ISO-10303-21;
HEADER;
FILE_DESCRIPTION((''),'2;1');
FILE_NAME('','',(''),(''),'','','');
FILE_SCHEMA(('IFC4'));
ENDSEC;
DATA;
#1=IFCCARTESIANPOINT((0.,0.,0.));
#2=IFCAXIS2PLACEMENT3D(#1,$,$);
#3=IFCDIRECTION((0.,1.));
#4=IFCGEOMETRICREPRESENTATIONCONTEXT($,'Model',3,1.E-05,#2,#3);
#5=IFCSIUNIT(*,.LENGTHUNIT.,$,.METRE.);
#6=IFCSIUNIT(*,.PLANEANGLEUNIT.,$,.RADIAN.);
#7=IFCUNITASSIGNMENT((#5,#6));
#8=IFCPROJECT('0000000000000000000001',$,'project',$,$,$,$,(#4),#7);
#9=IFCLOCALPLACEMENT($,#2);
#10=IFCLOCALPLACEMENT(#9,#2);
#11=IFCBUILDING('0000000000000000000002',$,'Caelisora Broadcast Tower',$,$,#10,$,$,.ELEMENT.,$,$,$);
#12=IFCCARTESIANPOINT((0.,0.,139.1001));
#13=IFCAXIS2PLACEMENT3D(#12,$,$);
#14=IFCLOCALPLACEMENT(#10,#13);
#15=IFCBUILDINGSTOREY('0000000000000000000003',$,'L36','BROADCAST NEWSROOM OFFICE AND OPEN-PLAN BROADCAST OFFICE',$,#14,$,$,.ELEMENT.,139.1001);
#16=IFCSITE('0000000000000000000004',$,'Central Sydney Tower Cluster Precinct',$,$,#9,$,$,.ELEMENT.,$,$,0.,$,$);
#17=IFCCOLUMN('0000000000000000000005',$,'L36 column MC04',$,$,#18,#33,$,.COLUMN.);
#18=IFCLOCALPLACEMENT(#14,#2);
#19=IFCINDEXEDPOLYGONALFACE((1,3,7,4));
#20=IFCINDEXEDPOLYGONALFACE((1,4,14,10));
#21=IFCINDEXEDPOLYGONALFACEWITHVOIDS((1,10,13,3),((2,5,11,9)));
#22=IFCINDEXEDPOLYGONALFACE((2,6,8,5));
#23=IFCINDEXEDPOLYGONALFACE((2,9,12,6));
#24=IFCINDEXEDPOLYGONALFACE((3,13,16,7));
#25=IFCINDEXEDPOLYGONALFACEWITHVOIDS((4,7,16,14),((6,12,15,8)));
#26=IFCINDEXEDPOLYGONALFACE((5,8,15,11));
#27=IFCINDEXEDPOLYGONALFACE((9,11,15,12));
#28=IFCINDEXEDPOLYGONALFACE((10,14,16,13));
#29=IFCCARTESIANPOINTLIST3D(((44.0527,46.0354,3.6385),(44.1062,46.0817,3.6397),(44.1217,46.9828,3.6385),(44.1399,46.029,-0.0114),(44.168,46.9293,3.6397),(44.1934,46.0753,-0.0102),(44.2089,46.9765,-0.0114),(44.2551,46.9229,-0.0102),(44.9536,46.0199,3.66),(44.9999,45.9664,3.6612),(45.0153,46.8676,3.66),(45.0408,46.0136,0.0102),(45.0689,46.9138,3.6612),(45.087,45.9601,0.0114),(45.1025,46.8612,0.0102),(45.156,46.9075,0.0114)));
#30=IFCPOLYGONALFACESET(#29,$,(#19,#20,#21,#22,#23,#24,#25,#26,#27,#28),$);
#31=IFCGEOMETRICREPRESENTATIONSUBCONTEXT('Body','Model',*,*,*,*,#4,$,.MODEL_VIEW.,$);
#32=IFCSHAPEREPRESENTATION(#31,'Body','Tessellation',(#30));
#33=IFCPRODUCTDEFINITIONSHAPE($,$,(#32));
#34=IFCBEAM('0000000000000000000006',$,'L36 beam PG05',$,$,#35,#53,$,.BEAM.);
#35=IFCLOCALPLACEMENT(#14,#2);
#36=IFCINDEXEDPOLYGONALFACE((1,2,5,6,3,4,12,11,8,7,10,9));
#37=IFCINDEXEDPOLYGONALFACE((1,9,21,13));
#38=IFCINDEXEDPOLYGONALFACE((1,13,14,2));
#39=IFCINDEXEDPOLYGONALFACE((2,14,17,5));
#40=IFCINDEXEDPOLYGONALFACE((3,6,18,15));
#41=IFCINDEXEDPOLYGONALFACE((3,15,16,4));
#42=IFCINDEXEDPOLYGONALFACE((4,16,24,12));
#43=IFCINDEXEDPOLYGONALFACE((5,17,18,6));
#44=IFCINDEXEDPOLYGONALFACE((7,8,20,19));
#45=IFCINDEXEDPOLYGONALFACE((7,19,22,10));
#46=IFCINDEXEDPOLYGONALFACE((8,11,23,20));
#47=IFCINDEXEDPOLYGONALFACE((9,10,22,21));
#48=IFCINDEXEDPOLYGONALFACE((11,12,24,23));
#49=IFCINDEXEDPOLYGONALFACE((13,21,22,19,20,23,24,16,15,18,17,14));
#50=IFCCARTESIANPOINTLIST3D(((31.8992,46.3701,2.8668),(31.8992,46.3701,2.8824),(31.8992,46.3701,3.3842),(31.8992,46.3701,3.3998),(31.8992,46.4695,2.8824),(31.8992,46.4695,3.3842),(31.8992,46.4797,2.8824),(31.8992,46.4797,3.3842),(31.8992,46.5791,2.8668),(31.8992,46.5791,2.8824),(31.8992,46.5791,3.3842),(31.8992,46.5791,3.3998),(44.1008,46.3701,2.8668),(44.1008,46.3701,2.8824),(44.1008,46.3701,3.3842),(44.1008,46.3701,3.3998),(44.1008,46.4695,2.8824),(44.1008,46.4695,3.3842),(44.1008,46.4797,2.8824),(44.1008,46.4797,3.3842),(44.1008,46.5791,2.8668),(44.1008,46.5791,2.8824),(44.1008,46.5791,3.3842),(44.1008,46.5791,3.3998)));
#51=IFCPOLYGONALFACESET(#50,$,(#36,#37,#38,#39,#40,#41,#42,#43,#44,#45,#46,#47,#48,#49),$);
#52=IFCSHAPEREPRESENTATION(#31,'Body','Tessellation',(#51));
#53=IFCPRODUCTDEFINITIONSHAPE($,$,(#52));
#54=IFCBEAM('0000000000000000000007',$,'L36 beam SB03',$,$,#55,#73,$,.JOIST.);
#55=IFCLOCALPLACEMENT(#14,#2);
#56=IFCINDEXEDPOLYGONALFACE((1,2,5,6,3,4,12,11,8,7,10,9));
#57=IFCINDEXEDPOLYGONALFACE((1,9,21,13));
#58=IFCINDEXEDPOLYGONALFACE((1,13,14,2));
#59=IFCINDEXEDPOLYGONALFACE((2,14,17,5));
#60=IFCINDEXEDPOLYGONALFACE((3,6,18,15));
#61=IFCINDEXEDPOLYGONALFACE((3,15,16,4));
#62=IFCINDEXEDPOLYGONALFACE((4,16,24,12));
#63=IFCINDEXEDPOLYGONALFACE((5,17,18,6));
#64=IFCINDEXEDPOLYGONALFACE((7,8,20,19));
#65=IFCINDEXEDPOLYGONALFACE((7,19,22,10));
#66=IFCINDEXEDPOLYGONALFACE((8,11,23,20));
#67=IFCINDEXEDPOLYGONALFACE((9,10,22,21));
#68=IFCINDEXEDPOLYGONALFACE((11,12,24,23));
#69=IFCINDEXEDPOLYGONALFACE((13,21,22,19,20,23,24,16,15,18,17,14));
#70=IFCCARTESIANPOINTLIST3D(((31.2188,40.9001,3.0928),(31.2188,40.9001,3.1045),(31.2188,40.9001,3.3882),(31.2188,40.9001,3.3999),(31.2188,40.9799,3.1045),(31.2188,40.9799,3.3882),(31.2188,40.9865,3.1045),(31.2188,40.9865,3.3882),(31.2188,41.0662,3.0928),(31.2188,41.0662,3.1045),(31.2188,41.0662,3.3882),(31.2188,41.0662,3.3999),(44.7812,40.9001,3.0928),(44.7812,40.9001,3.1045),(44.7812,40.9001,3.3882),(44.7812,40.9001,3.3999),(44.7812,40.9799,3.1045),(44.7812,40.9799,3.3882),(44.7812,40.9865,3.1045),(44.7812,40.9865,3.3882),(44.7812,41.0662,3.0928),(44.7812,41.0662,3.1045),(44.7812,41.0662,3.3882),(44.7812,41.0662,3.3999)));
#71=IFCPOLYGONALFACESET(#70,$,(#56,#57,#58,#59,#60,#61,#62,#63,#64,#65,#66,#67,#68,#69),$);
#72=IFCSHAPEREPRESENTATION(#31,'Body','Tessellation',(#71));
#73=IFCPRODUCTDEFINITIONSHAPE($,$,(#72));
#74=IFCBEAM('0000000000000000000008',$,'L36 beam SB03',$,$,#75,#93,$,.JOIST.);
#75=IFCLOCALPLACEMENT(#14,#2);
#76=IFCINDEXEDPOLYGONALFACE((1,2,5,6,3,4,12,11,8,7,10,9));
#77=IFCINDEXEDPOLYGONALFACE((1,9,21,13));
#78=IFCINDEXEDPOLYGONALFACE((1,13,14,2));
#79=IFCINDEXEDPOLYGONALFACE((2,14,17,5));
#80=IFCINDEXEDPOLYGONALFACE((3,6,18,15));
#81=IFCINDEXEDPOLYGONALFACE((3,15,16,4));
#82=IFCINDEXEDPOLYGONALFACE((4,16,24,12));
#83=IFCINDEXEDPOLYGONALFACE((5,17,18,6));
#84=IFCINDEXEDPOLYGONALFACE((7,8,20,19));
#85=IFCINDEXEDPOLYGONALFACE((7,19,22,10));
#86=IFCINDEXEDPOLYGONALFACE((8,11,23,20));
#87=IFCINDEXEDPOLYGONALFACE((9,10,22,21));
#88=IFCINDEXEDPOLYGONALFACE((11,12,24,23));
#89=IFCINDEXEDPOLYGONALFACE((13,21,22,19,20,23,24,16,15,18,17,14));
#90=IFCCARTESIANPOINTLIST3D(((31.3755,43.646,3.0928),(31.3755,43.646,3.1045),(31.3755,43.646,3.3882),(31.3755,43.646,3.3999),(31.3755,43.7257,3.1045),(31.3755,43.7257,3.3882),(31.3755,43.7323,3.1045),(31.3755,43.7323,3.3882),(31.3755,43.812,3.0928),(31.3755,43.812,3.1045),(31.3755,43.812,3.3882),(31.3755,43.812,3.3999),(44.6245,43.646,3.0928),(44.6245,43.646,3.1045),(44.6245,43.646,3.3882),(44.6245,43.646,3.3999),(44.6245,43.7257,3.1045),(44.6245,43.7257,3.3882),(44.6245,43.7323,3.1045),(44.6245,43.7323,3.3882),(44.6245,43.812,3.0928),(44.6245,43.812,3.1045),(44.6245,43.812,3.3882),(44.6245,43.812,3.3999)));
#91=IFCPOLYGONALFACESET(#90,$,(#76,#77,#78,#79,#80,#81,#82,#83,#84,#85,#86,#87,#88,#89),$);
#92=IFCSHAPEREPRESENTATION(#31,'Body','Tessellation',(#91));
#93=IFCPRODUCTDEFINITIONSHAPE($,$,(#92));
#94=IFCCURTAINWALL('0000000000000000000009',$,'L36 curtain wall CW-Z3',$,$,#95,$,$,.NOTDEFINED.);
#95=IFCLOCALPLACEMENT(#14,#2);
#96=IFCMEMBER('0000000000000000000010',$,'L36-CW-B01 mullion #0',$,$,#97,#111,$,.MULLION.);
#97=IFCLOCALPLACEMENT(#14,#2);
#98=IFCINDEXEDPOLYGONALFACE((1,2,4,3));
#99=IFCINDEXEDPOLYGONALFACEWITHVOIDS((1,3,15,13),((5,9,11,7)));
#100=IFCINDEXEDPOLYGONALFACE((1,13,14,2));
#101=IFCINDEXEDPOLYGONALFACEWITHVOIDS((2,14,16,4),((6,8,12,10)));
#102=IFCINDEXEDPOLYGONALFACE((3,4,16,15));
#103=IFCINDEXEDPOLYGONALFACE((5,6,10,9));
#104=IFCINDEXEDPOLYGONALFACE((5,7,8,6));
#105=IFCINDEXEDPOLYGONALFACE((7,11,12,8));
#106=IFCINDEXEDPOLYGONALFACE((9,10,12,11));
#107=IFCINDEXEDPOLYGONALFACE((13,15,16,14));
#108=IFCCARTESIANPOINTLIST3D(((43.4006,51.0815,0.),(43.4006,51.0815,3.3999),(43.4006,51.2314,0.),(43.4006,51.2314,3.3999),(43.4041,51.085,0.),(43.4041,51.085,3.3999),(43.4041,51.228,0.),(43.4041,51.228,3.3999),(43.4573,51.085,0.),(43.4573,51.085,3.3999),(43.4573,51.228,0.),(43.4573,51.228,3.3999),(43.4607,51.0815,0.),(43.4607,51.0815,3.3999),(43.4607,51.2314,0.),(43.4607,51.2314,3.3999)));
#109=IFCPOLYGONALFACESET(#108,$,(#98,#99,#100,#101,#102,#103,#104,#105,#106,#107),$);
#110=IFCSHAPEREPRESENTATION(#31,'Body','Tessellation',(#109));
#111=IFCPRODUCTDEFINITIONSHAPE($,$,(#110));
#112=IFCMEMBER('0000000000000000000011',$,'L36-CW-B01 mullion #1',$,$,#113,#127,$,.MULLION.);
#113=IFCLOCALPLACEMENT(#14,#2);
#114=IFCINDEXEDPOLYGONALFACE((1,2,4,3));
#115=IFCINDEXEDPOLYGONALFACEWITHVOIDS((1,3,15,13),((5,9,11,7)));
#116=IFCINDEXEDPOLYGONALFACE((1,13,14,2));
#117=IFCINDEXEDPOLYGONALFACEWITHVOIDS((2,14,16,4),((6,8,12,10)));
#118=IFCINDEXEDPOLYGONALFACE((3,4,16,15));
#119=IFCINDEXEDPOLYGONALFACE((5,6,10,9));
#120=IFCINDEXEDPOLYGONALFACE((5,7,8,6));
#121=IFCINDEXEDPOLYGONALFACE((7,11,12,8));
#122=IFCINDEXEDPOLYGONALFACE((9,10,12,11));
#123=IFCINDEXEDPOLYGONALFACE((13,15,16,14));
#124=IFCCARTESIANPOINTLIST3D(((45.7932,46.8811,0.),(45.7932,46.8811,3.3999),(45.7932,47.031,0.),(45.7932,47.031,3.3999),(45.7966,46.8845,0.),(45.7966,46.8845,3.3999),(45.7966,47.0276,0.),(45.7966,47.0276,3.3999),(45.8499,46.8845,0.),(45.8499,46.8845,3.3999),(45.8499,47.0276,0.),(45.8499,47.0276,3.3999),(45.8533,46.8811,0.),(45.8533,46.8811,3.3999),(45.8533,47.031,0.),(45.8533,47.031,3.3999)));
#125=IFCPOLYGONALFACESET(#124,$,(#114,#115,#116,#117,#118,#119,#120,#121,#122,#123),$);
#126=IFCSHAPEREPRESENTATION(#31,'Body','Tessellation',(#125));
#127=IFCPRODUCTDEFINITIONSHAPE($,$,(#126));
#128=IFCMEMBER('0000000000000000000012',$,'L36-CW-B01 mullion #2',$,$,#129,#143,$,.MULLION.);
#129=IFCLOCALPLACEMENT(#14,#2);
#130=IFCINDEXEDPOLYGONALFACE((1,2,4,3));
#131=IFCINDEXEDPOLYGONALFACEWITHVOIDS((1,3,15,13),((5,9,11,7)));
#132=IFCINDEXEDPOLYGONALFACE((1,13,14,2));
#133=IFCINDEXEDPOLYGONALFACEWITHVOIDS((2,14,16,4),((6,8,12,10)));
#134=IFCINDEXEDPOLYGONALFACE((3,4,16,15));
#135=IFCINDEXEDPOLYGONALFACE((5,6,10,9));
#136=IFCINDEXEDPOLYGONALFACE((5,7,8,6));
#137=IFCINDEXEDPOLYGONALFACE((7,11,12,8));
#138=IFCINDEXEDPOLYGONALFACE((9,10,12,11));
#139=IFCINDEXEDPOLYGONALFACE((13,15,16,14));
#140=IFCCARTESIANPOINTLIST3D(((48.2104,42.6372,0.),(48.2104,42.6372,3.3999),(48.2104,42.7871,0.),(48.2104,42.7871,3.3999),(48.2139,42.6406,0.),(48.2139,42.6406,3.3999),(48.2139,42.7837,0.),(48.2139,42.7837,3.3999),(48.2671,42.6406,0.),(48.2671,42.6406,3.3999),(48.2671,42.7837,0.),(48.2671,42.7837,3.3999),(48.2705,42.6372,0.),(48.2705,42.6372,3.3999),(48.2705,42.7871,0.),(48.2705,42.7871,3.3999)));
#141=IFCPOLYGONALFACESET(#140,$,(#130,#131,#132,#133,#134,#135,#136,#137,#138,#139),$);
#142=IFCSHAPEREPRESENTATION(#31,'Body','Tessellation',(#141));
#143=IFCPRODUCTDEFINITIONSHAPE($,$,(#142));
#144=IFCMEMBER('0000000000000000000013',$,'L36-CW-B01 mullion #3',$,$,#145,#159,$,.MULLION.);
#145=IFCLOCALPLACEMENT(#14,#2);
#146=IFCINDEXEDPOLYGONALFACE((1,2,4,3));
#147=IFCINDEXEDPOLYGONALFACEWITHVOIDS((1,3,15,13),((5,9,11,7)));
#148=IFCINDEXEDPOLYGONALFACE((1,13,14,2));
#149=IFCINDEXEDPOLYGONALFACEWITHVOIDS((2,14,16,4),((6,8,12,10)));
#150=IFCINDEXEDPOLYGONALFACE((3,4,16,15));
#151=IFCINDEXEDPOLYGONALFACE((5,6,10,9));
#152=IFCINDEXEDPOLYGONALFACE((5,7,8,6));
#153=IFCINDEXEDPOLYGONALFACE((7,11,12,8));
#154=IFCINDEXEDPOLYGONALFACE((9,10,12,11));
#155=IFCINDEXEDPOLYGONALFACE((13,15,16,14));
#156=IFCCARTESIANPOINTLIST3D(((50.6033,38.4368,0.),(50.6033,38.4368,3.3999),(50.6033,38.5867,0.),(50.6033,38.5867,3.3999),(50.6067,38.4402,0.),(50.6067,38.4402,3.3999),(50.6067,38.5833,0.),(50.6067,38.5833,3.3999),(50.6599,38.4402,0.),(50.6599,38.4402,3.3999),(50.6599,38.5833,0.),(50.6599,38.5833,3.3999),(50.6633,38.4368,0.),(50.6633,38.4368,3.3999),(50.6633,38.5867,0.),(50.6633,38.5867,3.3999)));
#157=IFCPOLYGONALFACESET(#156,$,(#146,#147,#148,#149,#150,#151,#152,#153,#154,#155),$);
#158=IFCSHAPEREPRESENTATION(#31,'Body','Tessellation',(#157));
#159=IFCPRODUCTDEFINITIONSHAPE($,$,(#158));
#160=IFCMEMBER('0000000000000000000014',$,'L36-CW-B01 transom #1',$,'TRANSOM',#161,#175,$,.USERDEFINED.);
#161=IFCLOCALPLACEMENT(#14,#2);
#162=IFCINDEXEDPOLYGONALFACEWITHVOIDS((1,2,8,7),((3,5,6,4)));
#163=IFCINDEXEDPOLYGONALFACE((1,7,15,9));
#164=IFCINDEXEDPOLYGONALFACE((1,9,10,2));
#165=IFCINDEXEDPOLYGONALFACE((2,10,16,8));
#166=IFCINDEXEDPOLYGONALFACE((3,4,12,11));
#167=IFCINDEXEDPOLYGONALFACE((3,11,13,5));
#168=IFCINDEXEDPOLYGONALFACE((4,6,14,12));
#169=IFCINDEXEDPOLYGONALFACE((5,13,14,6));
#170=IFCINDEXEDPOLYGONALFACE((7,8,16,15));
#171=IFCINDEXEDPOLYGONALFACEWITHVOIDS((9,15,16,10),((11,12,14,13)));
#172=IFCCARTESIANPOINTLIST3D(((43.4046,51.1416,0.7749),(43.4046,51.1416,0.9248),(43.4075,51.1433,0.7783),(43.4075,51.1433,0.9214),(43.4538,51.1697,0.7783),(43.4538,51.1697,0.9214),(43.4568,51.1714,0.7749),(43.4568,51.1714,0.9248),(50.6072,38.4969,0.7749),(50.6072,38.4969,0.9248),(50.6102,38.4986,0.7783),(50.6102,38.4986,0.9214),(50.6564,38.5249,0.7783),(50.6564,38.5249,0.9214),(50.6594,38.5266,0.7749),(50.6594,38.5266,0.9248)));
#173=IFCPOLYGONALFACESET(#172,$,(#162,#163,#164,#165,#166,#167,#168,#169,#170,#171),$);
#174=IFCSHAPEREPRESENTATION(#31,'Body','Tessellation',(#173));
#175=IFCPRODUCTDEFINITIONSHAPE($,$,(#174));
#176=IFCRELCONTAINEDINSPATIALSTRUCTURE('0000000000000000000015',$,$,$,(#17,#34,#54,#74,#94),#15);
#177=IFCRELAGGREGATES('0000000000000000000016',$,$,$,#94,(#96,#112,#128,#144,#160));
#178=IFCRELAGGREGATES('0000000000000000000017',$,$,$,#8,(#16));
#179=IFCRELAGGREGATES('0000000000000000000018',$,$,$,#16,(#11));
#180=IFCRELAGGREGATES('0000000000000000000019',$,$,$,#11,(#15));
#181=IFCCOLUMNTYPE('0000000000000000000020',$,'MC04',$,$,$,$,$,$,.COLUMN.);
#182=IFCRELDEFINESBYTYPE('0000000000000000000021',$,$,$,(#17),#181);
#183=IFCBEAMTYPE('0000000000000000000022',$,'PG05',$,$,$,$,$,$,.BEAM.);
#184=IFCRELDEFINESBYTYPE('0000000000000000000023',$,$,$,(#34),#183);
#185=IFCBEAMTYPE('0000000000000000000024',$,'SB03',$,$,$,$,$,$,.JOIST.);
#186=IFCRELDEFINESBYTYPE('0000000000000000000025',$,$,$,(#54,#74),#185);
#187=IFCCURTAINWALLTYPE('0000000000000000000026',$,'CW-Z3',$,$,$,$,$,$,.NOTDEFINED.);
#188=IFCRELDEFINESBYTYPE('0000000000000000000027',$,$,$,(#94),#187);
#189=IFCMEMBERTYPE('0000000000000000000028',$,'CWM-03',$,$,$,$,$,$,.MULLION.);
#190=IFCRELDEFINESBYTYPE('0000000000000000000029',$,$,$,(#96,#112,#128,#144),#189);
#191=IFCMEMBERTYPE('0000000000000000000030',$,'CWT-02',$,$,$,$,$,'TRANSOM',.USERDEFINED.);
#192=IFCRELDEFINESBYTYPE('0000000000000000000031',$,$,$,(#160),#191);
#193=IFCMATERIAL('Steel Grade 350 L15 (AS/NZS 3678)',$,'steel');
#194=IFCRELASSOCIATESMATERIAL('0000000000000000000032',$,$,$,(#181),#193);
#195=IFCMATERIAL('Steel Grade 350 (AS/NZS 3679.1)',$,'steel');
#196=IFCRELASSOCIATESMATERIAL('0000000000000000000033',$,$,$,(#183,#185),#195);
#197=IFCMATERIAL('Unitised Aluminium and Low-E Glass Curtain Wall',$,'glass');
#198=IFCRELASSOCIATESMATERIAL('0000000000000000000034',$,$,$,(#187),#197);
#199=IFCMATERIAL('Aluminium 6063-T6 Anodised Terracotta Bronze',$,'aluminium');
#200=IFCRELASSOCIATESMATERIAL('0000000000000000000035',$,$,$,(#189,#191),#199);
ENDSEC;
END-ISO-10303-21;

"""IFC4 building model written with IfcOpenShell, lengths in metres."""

from ifc_helpers import new_model, si_unit, direction, frame, origin, origin_2d, place, context, subcontext, project, spatial, hollow_rectangle, i_section, extrude, source, transform, mapped, material, material_profile, profile_set, type_object, type_shapes, element, aggregate, save


model = new_model("IFC4")

# Units and contexts
model_context = context("Model", 3, precision=1e-05, world=origin(), true_north=direction((0.0, 1.0)))
body_context = subcontext(model_context, "Body", "Model", "MODEL_VIEW")
ifc_project = project(units=[si_unit("LENGTHUNIT", "METRE"), si_unit("PLANEANGLEUNIT", "RADIAN")], contexts=[model_context])

# Site, building, storey
site_placement = place(None, origin())
site = spatial("IfcSite", under=ifc_project, at=site_placement, Name="Central Sydney Tower Cluster Precinct", CompositionType="ELEMENT", RefElevation=0.0)
building_placement = place(site_placement, origin())
building = spatial("IfcBuilding", under=site, at=building_placement, Name="Caelisora Broadcast Tower", CompositionType="ELEMENT")
storey_placement = place(building_placement, frame((0.0, 0.0, 139.1001)))
storey = spatial("IfcBuildingStorey", under=building, at=storey_placement, Name="L36", Description="BROADCAST NEWSROOM OFFICE AND OPEN-PLAN BROADCAST OFFICE", CompositionType="ELEMENT", Elevation=139.1001)

# Column
ifc_material_1 = material(Name="Steel Grade 350 L15 (AS/NZS 3678)", Category="steel")
ifc_material_profile_1 = material_profile(ifc_material_1, hollow_rectangle(XDim=0.95, YDim=0.95, WallThickness=0.05, at=origin_2d()), Name="Steel Grade 350 L15 (AS/NZS 3678)")
ifc_profile_set_1 = profile_set([ifc_material_profile_1], Name="Steel Grade 350 L15 (AS/NZS 3678)")
column_type = type_object("IfcColumnType", Name="MC04", PredefinedType="COLUMN", material=ifc_profile_set_1)
shared_shape_1 = source(origin(), body_context, "Body", "SweptSolid", [
    extrude(hollow_rectangle(XDim=0.95, YDim=0.95, WallThickness=0.05, at=origin_2d()), origin(), (0.0, 0.0, 1.0), 3.6509),
])
type_shapes(column_type, [shared_shape_1])
column_placement = place(storey_placement, frame((44.6479, 46.4683, 0.0), z_axis=(-0.023873, 0.001739, 0.999713), x_axis=(-0.072637, -0.997358, 0.0)))
element("IfcColumn", 1, at=column_placement, inside=storey, type_object=column_type, Name="L36 column MC04", PredefinedType="COLUMN", context=body_context, shape_type="MappedRepresentation", body=[
    mapped(shared_shape_1, transform((0.0, 0.0, 0.0), scale=1.0)),
])

# Beams
ifc_material_2 = material(Name="Steel Grade 350 (AS/NZS 3679.1)", Category="steel")
ifc_material_profile_2 = material_profile(ifc_material_2, i_section(OverallWidth=0.209, OverallDepth=0.533, WebThickness=0.0103, FlangeThickness=0.0156, at=origin_2d()), Name="Steel Grade 350 (AS/NZS 3679.1)")
ifc_profile_set_2 = profile_set([ifc_material_profile_2], Name="Steel Grade 350 (AS/NZS 3679.1)")
beam_type_1 = type_object("IfcBeamType", Name="PG05", PredefinedType="BEAM", material=ifc_profile_set_2)
shared_shape_2 = source(origin(), body_context, "Body", "SweptSolid", [
    extrude(i_section(OverallWidth=0.209, OverallDepth=0.533, WebThickness=0.0103, FlangeThickness=0.0156, at=origin_2d()), origin(), (0.0, 0.0, 1.0), 12.2017),
])
type_shapes(beam_type_1, [shared_shape_2])
beam_1_placement = place(storey_placement, frame((44.1008, 46.4746, 3.1333), z_axis=(-1.0, 0.0, 0.0), x_axis=(0.0, -1.0, 0.0)))
element("IfcBeam", 2, at=beam_1_placement, inside=storey, type_object=beam_type_1, Name="L36 beam PG05", PredefinedType="BEAM", context=body_context, shape_type="MappedRepresentation", body=[
    mapped(shared_shape_2, transform((0.0, 0.0, 0.0), scale=1.0)),
])
ifc_material_profile_3 = material_profile(ifc_material_2, i_section(OverallWidth=0.166, OverallDepth=0.3071, WebThickness=0.0066, FlangeThickness=0.0117, at=origin_2d()), Name="Steel Grade 350 (AS/NZS 3679.1)")
ifc_profile_set_3 = profile_set([ifc_material_profile_3], Name="Steel Grade 350 (AS/NZS 3679.1)")
beam_type_2 = type_object("IfcBeamType", Name="SB03", PredefinedType="JOIST", material=ifc_profile_set_3)
shared_shape_3 = source(origin(), body_context, "Body", "SweptSolid", [
    extrude(i_section(OverallWidth=0.166, OverallDepth=0.3071, WebThickness=0.0066, FlangeThickness=0.0117, at=origin_2d()), origin(), (0.0, 0.0, 1.0), 13.5625),
])
beam_2_placement = place(storey_placement, frame((44.7812, 40.9832, 3.2463), z_axis=(-1.0, 0.0, 0.0), x_axis=(0.0, -1.0, 0.0)))
element("IfcBeam", 3, at=beam_2_placement, inside=storey, type_object=beam_type_2, Name="L36 beam SB03", PredefinedType="JOIST", context=body_context, shape_type="MappedRepresentation", body=[
    mapped(shared_shape_3, transform((0.0, 0.0, 0.0), scale=1.0)),
])
shared_shape_4 = source(origin(), body_context, "Body", "SweptSolid", [
    extrude(i_section(OverallWidth=0.166, OverallDepth=0.3071, WebThickness=0.0066, FlangeThickness=0.0117, at=origin_2d()), origin(), (0.0, 0.0, 1.0), 13.249),
])
type_shapes(beam_type_2, [shared_shape_3, shared_shape_4])
beam_3_placement = place(storey_placement, frame((44.6245, 43.729, 3.2463), z_axis=(-1.0, 0.0, 0.0), x_axis=(0.0, -1.0, 0.0)))
element("IfcBeam", 4, at=beam_3_placement, inside=storey, type_object=beam_type_2, Name="L36 beam SB03", PredefinedType="JOIST", context=body_context, shape_type="MappedRepresentation", body=[
    mapped(shared_shape_4, transform((0.0, 0.0, 0.0), scale=1.0)),
])

# Curtain wall, members
ifc_material_3 = material(Name="Unitised Aluminium and Low-E Glass Curtain Wall", Category="glass")
curtain_wall_type_1 = type_object("IfcCurtainWallType", Name="CW-Z3", PredefinedType="NOTDEFINED", material=ifc_material_3)
curtain_wall_1_placement = place(storey_placement, origin())
curtain_wall_1 = element("IfcCurtainWall", 5, at=curtain_wall_1_placement, inside=storey, type_object=curtain_wall_type_1, Name="L36 curtain wall CW-Z3", PredefinedType="NOTDEFINED")
ifc_material_4 = material(Name="Aluminium 6063-T6 Anodised Terracotta Bronze", Category="aluminium")
ifc_material_profile_4 = material_profile(ifc_material_4, hollow_rectangle(XDim=0.0601, YDim=0.1499, WallThickness=0.0034, at=origin_2d()), Name="Aluminium 6063-T6 Anodised Terracotta Bronze")
ifc_profile_set_4 = profile_set([ifc_material_profile_4], Name="Aluminium 6063-T6 Anodised Terracotta Bronze")
member_type_1 = type_object("IfcMemberType", Name="CWM-03", PredefinedType="MULLION", material=ifc_profile_set_4)
shared_shape_5 = source(origin(), body_context, "Body", "SweptSolid", [
    extrude(hollow_rectangle(XDim=0.0601, YDim=0.1499, WallThickness=0.0034, at=origin_2d()), origin(), (0.0, 0.0, 1.0), 3.3999),
])
type_shapes(member_type_1, [shared_shape_5])
member_1_placement = place(storey_placement, frame((43.4307, 51.1565, 0.0), z_axis=(0.0, 0.0, 1.0), x_axis=(1.0, 0.0, 0.0)))
member_1 = element("IfcMember", 6, at=member_1_placement, type_object=member_type_1, Name="L36-CW-B01 mullion #0", PredefinedType="MULLION", context=body_context, shape_type="MappedRepresentation", body=[
    mapped(shared_shape_5, transform((0.0, 0.0, 0.0), scale=1.0)),
])
member_2_placement = place(storey_placement, frame((45.8232, 46.9561, 0.0), z_axis=(0.0, 0.0, 1.0), x_axis=(1.0, 0.0, 0.0)))
member_2 = element("IfcMember", 7, at=member_2_placement, type_object=member_type_1, Name="L36-CW-B01 mullion #1", PredefinedType="MULLION", context=body_context, shape_type="MappedRepresentation", body=[
    mapped(shared_shape_5, transform((0.0, 0.0, 0.0), scale=1.0)),
])
member_3_placement = place(storey_placement, frame((48.2405, 42.7122, 0.0), z_axis=(0.0, 0.0, 1.0), x_axis=(1.0, 0.0, 0.0)))
member_3 = element("IfcMember", 8, at=member_3_placement, type_object=member_type_1, Name="L36-CW-B01 mullion #2", PredefinedType="MULLION", context=body_context, shape_type="MappedRepresentation", body=[
    mapped(shared_shape_5, transform((0.0, 0.0, 0.0), scale=1.0)),
])
member_4_placement = place(storey_placement, frame((50.6333, 38.5117, 0.0), z_axis=(0.0, 0.0, 1.0), x_axis=(1.0, 0.0, 0.0)))
member_4 = element("IfcMember", 9, at=member_4_placement, type_object=member_type_1, Name="L36-CW-B01 mullion #3", PredefinedType="MULLION", context=body_context, shape_type="MappedRepresentation", body=[
    mapped(shared_shape_5, transform((0.0, 0.0, 0.0), scale=1.0)),
])
ifc_material_profile_5 = material_profile(ifc_material_4, hollow_rectangle(XDim=0.0601, YDim=0.1499, WallThickness=0.0034, at=origin_2d()), Name="Aluminium 6063-T6 Anodised Terracotta Bronze")
ifc_profile_set_5 = profile_set([ifc_material_profile_5], Name="Aluminium 6063-T6 Anodised Terracotta Bronze")
member_type_2 = type_object("IfcMemberType", Name="CWT-02", ElementType="TRANSOM", PredefinedType="USERDEFINED", material=ifc_profile_set_5)
shared_shape_6 = source(origin(), body_context, "Body", "SweptSolid", [
    extrude(hollow_rectangle(XDim=0.0601, YDim=0.1499, WallThickness=0.0034, at=origin_2d()), origin(), (0.0, 0.0, 1.0), 14.5522),
])
member_5_placement = place(storey_placement, frame((43.4307, 51.1565, 0.8499), z_axis=(0.49495, -0.868922, 0.0), x_axis=(0.868922, 0.49495, 0.0)))
member_5 = element("IfcMember", 10, at=member_5_placement, type_object=member_type_2, Name="L36-CW-B01 transom #1", ObjectType="TRANSOM", PredefinedType="USERDEFINED", context=body_context, shape_type="MappedRepresentation", body=[
    mapped(shared_shape_6, transform((0.0, 0.0, 0.0), scale=1.0)),
])

aggregate(curtain_wall_1, [member_1, member_2, member_3, member_4, member_5])

save(model, "model.ifc")
